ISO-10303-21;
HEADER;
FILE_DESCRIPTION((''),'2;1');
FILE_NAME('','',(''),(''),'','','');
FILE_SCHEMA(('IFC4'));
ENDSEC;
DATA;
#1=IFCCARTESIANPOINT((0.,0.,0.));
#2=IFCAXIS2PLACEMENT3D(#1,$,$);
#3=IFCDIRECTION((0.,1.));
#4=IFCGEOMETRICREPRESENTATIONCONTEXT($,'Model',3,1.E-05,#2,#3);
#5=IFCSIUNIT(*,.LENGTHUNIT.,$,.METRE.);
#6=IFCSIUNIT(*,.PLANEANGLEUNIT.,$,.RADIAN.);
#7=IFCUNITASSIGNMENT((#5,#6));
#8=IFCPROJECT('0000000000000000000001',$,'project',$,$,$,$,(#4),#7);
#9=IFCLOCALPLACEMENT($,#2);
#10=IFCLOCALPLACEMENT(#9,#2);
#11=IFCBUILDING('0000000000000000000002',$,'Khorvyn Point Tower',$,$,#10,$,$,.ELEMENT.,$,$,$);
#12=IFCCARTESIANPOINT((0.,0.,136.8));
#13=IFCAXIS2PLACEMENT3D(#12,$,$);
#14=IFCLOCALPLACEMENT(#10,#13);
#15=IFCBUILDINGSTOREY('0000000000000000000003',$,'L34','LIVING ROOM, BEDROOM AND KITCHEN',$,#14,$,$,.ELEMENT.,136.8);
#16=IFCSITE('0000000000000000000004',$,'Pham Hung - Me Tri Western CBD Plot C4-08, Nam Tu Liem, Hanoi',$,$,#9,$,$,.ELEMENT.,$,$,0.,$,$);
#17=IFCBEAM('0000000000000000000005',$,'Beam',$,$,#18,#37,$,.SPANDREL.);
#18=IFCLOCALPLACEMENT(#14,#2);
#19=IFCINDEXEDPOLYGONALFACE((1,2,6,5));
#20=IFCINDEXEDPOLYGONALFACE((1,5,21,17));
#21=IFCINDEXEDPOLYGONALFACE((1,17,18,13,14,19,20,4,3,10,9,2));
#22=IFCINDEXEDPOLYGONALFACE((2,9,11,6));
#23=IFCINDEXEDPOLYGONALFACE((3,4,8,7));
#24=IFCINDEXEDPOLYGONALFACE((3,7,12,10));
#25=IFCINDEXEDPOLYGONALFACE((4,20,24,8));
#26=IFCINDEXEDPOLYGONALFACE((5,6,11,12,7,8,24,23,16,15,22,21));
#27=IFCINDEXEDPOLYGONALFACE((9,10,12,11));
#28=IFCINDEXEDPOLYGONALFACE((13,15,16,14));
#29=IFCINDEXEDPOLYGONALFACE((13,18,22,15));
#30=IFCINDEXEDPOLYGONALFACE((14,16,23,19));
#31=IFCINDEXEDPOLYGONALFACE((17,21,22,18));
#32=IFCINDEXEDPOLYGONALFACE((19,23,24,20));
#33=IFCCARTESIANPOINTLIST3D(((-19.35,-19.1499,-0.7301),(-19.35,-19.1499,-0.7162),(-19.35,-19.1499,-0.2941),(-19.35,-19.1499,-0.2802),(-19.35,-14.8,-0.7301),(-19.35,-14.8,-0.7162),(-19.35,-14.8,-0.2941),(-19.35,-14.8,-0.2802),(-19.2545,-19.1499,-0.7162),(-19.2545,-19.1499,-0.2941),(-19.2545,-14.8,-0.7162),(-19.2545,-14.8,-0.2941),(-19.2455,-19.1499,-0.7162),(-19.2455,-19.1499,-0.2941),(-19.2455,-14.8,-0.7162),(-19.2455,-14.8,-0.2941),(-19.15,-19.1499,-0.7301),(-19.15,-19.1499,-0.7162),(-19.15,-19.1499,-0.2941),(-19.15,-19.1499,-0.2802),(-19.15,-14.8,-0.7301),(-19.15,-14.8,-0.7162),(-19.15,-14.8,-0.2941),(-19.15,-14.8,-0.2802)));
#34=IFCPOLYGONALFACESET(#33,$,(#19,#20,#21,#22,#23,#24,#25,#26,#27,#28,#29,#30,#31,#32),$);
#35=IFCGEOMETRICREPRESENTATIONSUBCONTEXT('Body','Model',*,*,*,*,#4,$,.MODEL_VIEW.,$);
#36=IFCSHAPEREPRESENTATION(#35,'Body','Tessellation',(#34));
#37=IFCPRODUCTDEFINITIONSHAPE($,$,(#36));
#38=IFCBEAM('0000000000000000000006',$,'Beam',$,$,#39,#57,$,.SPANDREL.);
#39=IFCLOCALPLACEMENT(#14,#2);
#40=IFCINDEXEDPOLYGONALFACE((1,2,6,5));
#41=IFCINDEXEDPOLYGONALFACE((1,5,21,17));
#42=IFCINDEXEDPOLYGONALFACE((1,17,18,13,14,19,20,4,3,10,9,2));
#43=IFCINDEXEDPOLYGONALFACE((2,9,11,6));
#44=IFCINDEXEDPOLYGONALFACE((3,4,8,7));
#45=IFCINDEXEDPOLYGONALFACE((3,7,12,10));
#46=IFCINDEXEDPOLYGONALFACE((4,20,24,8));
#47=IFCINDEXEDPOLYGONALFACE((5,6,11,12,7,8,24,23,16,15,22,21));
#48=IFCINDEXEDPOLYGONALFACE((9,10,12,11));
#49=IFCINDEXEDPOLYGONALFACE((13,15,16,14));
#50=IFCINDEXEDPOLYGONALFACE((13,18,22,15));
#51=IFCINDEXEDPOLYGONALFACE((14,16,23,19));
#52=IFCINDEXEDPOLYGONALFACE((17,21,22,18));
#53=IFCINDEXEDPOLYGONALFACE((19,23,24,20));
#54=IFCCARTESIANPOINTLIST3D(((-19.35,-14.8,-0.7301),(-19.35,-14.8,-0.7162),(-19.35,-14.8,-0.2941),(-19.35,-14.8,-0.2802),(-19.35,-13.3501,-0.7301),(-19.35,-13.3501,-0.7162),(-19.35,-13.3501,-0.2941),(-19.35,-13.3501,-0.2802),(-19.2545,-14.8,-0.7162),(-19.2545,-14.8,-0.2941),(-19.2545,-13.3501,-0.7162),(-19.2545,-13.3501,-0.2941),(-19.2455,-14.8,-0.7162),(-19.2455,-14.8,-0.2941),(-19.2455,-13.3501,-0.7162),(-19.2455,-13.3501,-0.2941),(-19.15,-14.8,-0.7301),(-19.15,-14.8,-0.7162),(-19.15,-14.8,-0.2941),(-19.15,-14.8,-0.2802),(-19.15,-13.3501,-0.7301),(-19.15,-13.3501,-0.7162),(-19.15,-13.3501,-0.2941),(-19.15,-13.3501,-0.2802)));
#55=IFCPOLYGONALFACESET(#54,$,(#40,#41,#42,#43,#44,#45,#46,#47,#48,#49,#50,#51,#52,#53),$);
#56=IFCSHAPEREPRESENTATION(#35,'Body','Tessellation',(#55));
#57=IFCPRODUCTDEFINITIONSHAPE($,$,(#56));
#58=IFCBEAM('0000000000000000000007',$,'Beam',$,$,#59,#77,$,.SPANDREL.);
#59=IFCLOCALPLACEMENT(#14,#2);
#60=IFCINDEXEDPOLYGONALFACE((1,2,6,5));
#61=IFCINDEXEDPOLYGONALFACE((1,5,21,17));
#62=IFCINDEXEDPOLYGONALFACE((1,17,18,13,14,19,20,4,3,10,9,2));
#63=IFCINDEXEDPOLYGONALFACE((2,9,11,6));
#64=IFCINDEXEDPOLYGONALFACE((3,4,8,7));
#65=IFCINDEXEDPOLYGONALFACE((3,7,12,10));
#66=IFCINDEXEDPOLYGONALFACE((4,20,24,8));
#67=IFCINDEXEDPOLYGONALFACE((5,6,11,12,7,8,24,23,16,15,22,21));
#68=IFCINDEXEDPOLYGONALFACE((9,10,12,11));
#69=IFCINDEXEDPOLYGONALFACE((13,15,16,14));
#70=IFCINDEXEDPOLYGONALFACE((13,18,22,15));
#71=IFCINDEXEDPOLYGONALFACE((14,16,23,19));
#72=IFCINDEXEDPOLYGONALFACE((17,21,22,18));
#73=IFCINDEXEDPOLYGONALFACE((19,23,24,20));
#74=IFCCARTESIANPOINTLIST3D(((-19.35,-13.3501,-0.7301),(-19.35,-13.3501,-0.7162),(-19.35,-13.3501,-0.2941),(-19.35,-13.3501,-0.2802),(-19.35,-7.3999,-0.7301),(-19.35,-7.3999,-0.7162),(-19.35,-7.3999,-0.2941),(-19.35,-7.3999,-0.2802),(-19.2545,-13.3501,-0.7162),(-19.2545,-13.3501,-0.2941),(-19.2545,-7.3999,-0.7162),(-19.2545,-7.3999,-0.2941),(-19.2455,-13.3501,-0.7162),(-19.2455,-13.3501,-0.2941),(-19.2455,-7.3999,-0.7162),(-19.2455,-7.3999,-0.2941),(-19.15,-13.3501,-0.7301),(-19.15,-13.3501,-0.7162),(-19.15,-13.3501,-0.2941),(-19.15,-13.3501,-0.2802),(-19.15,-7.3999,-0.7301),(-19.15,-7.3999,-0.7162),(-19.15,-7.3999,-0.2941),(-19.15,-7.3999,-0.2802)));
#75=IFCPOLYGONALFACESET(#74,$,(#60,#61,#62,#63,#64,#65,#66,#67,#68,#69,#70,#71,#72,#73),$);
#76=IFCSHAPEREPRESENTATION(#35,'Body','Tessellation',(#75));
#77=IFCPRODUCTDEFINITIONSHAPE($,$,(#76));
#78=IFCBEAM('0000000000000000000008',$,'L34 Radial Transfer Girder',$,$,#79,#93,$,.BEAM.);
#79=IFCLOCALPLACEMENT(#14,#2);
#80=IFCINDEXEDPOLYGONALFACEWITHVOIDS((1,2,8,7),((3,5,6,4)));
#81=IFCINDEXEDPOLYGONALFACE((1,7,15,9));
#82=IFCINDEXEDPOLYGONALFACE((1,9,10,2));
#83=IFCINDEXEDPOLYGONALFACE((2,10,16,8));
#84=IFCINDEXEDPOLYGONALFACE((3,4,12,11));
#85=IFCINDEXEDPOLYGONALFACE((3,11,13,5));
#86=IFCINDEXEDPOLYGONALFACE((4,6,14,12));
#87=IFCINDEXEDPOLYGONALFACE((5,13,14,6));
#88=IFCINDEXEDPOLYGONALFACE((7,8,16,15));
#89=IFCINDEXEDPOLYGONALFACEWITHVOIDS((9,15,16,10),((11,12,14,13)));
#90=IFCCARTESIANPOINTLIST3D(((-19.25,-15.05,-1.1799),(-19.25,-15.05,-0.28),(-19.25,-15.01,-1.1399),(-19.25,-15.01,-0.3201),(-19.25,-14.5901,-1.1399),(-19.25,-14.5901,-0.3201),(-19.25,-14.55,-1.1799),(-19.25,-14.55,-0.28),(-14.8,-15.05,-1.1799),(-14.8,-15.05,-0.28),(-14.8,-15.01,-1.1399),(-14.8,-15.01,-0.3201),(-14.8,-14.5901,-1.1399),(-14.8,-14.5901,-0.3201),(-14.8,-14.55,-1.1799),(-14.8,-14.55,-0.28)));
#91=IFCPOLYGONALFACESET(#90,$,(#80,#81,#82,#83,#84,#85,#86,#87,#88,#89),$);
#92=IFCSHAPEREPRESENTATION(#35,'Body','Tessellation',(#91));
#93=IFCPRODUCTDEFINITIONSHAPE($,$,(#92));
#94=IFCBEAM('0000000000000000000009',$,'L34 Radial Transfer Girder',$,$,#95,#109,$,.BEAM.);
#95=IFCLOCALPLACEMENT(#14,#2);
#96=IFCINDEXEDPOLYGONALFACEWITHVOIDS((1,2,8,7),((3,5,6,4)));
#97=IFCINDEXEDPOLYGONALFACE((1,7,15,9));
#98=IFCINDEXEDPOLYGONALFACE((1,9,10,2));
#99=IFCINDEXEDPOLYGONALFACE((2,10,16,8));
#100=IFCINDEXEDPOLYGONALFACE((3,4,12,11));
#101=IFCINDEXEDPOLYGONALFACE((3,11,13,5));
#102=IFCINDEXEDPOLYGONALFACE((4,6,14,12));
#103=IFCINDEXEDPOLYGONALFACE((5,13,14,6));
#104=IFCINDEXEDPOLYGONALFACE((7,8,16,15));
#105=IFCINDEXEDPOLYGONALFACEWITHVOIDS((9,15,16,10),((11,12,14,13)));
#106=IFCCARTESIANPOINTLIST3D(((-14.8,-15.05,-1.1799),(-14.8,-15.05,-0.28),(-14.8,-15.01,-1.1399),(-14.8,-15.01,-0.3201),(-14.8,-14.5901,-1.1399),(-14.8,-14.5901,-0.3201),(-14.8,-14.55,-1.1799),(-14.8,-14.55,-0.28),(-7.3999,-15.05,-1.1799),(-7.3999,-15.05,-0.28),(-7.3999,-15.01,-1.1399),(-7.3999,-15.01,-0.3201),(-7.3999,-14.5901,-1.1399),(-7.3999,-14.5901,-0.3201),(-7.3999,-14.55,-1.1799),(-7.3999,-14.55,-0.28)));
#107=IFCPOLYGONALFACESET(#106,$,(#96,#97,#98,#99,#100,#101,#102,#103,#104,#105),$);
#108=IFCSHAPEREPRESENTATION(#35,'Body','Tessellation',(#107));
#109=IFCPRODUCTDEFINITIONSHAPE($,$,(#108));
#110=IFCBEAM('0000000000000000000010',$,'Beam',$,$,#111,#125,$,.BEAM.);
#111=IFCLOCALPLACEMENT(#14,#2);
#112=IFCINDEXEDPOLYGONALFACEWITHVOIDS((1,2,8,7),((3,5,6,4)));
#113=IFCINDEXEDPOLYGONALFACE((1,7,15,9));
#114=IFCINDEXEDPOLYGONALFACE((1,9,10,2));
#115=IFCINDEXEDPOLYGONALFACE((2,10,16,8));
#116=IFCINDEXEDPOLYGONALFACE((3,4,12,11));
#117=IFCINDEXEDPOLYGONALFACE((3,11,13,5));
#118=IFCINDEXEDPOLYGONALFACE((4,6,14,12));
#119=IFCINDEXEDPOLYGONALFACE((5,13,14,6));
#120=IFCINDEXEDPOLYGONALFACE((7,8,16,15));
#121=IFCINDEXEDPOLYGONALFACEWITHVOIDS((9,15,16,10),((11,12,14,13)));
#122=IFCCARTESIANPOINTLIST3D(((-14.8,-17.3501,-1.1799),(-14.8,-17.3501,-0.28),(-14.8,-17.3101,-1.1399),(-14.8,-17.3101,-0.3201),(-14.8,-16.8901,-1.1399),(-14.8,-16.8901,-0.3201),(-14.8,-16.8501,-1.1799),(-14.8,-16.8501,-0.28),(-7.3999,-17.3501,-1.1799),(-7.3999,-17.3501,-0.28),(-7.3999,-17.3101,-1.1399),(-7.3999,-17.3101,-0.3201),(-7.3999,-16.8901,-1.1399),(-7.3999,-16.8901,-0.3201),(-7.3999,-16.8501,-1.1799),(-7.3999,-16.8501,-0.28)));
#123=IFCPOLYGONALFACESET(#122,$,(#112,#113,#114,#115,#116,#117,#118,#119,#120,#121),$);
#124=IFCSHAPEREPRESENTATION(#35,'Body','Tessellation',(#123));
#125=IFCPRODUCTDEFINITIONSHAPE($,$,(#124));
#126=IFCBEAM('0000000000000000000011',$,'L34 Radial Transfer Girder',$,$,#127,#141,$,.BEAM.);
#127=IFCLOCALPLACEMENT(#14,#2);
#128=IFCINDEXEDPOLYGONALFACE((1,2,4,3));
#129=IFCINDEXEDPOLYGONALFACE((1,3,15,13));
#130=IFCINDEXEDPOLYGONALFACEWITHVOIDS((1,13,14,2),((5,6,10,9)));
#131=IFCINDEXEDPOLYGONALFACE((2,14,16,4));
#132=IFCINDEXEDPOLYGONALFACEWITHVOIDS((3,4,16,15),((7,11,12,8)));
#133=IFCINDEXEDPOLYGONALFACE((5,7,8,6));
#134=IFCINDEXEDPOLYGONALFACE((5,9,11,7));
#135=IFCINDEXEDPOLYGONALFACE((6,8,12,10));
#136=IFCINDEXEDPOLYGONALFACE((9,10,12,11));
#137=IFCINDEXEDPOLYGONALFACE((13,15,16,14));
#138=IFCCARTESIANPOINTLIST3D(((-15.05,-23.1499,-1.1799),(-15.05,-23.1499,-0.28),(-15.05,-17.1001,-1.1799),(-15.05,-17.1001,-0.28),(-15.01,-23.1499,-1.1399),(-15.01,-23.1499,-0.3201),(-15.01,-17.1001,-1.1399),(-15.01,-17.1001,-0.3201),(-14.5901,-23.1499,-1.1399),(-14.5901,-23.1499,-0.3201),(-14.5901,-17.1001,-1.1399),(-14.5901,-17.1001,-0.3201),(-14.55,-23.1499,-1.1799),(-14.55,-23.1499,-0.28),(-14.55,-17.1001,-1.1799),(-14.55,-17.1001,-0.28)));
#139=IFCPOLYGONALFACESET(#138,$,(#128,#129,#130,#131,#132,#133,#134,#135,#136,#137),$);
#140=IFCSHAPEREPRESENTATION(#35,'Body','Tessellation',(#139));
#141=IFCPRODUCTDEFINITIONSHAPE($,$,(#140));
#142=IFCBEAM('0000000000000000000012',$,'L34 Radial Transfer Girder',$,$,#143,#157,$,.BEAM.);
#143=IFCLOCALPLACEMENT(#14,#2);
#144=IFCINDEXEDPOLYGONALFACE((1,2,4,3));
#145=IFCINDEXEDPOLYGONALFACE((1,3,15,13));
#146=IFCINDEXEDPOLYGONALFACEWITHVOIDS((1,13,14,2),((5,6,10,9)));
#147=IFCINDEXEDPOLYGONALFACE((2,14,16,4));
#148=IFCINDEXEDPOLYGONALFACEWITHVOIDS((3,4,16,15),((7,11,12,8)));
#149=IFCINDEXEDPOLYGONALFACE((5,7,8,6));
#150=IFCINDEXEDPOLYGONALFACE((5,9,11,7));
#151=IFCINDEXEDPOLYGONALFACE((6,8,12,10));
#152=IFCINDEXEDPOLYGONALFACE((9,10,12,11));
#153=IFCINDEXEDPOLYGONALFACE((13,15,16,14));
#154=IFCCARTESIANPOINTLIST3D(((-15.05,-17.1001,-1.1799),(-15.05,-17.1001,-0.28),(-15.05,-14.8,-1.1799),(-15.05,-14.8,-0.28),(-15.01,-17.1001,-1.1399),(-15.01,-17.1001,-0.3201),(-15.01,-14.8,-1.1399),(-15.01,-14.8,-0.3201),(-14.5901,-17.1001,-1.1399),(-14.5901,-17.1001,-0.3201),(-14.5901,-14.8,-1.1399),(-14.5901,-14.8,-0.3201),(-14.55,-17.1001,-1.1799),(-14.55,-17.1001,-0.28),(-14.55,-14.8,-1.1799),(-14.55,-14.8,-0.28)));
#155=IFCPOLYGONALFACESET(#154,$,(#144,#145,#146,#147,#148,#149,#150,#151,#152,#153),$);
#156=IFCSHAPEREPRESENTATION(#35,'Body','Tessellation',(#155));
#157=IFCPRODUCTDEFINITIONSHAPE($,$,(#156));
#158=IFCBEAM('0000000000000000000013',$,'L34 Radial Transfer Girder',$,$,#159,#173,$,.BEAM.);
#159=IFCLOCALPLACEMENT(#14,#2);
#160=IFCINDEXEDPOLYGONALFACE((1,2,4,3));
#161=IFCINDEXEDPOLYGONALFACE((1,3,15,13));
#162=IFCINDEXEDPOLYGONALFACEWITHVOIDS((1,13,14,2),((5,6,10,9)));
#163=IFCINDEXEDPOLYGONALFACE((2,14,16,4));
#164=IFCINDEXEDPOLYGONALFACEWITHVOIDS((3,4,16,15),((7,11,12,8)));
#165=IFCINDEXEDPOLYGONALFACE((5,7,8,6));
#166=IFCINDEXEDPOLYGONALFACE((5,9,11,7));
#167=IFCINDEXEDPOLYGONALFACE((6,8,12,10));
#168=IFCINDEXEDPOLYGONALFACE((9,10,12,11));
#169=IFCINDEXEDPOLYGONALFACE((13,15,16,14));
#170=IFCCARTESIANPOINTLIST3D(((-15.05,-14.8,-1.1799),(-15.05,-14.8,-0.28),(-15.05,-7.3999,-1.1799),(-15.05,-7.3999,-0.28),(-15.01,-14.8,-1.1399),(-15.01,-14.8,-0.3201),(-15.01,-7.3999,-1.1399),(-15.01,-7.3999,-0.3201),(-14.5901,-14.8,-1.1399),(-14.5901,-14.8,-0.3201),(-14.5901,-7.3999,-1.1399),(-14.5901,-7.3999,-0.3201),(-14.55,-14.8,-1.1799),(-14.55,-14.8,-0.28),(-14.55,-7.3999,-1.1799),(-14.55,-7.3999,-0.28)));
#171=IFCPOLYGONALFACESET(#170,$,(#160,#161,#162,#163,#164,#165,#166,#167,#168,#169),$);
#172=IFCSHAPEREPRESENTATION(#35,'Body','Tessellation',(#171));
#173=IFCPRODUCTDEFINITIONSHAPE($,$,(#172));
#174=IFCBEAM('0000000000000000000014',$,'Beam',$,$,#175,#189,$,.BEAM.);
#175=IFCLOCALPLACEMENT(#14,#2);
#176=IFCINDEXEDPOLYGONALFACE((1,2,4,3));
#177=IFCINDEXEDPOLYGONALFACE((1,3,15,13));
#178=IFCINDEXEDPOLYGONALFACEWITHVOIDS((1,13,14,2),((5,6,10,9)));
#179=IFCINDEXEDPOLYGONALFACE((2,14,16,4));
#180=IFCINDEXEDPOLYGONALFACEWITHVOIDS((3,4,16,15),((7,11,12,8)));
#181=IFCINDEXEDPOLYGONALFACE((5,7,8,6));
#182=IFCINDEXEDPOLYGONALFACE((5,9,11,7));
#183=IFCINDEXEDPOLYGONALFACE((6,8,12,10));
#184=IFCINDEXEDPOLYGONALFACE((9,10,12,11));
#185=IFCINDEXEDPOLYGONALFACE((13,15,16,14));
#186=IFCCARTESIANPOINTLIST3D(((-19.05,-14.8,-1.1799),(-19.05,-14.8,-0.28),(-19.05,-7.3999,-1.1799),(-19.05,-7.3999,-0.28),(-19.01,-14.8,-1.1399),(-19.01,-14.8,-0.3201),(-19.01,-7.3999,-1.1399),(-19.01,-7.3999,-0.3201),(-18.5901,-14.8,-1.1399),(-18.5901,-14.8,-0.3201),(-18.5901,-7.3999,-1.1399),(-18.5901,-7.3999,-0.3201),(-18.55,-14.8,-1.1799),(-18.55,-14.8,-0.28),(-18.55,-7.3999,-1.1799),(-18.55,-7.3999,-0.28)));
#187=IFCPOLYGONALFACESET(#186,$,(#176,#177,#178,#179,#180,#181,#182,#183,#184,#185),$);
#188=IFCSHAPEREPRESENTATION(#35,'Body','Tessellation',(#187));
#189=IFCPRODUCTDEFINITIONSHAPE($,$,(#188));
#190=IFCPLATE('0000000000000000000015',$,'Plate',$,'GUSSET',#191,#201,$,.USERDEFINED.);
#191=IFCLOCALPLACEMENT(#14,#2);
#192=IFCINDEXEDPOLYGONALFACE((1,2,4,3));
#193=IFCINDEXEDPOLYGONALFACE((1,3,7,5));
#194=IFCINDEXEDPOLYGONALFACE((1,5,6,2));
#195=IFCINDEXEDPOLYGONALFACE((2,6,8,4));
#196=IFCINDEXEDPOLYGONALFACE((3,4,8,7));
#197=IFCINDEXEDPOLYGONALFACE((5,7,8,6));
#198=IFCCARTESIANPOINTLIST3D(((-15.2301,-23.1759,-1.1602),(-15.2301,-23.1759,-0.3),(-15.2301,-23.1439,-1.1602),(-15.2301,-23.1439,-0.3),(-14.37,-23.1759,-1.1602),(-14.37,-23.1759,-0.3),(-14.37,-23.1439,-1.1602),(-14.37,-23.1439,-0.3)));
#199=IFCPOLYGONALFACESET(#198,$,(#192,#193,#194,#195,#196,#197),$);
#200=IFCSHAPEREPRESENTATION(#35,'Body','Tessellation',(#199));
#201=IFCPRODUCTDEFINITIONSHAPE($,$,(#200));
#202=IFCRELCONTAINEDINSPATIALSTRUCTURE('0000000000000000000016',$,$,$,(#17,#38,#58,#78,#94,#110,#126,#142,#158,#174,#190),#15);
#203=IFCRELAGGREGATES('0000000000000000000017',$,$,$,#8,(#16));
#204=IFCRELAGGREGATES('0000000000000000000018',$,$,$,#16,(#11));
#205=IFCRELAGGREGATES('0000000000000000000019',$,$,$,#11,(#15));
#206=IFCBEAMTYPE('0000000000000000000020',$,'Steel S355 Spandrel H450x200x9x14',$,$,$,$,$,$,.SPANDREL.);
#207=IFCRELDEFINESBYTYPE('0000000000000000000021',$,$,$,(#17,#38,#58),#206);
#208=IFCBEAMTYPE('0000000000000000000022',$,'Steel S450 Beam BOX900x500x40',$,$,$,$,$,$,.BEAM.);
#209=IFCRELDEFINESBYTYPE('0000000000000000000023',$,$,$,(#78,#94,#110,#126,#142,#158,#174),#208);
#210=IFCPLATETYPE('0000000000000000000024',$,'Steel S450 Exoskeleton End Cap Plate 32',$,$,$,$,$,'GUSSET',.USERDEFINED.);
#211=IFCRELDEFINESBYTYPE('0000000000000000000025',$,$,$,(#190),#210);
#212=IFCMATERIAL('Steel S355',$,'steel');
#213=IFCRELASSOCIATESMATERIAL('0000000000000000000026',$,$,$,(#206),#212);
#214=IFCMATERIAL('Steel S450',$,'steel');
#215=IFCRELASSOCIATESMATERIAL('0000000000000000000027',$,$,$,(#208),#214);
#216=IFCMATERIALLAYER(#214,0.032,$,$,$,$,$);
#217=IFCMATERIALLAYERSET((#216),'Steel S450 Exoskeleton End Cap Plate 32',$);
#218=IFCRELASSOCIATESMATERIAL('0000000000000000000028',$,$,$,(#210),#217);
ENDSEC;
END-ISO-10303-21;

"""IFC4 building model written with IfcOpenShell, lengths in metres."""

from ifc_helpers import new_model, si_unit, direction, frame, origin, origin_2d, place, context, subcontext, project, spatial, rectangle, hollow_rectangle, i_section, extrude, material, layer, layer_set, material_profile, profile_set, type_object, element, save


model = new_model("IFC4")

# Units and contexts
model_context = context("Model", 3, precision=1e-05, world=origin(), true_north=direction((0.0, 1.0)))
body_context = subcontext(model_context, "Body", "Model", "MODEL_VIEW")
ifc_project = project(units=[si_unit("LENGTHUNIT", "METRE"), si_unit("PLANEANGLEUNIT", "RADIAN")], contexts=[model_context])

# Site, building, storey
site_placement = place(None, origin())
site = spatial("IfcSite", under=ifc_project, at=site_placement, Name="Pham Hung - Me Tri Western CBD Plot C4-08, Nam Tu Liem, Hanoi", CompositionType="ELEMENT", RefElevation=0.0)
building_placement = place(site_placement, origin())
building = spatial("IfcBuilding", under=site, at=building_placement, Name="Khorvyn Point Tower", CompositionType="ELEMENT")
storey_placement = place(building_placement, frame((0.0, 0.0, 136.8)))
storey = spatial("IfcBuildingStorey", under=building, at=storey_placement, Name="L34", Description="LIVING ROOM, BEDROOM AND KITCHEN", CompositionType="ELEMENT", Elevation=136.8)

# Shared definitions
ifc_material_1 = material(Name="Steel S450", Category="steel")

# Beams
ifc_material_2 = material(Name="Steel S355", Category="steel")
ifc_material_profile_1 = material_profile(ifc_material_2, i_section(OverallWidth=0.2, OverallDepth=0.45, WebThickness=0.009, FlangeThickness=0.0139, at=origin_2d()))
ifc_profile_set_1 = profile_set([ifc_material_profile_1], Name="Steel S355 H450x200x9x14")
beam_type_1 = type_object("IfcBeamType", Name="Steel S355 Spandrel H450x200x9x14", PredefinedType="SPANDREL", material=ifc_profile_set_1)
beam_1_placement = place(storey_placement, frame((-19.25, -19.1499, -0.5051), z_axis=(0.0, 1.0, 0.0), x_axis=(-1.0, 0.0, 0.0)))
element("IfcBeam", 1, at=beam_1_placement, inside=storey, type_object=beam_type_1, Name="Beam", PredefinedType="SPANDREL", context=body_context, shape_type="SweptSolid", body=[
    extrude(i_section(OverallWidth=0.2, OverallDepth=0.45, WebThickness=0.009, FlangeThickness=0.0139, at=origin_2d()), origin(), (0.0, 0.0, 1.0), 4.3499),
])
beam_2_placement = place(storey_placement, frame((-19.25, -14.8, -0.5051), z_axis=(0.0, 1.0, 0.0), x_axis=(-1.0, 0.0, 0.0)))
element("IfcBeam", 2, at=beam_2_placement, inside=storey, type_object=beam_type_1, Name="Beam", PredefinedType="SPANDREL", context=body_context, shape_type="SweptSolid", body=[
    extrude(i_section(OverallWidth=0.2, OverallDepth=0.45, WebThickness=0.009, FlangeThickness=0.0139, at=origin_2d()), origin(), (0.0, 0.0, 1.0), 1.45),
])
beam_3_placement = place(storey_placement, frame((-19.25, -13.3501, -0.5051), z_axis=(0.0, 1.0, 0.0), x_axis=(-1.0, 0.0, 0.0)))
element("IfcBeam", 3, at=beam_3_placement, inside=storey, type_object=beam_type_1, Name="Beam", PredefinedType="SPANDREL", context=body_context, shape_type="SweptSolid", body=[
    extrude(i_section(OverallWidth=0.2, OverallDepth=0.45, WebThickness=0.009, FlangeThickness=0.0139, at=origin_2d()), origin(), (0.0, 0.0, 1.0), 5.9502),
])
ifc_material_profile_2 = material_profile(ifc_material_1, hollow_rectangle(XDim=0.5, YDim=0.8999, WallThickness=0.04, at=origin_2d()))
ifc_profile_set_2 = profile_set([ifc_material_profile_2], Name="Steel S450 BOX900x500x40")
beam_type_2 = type_object("IfcBeamType", Name="Steel S450 Beam BOX900x500x40", PredefinedType="BEAM", material=ifc_profile_set_2)
beam_4_placement = place(storey_placement, frame((-19.25, -14.8, -0.73), z_axis=(1.0, 0.0, 0.0), x_axis=(0.0, 1.0, 0.0)))
element("IfcBeam", 4, at=beam_4_placement, inside=storey, type_object=beam_type_2, Name="L34 Radial Transfer Girder", PredefinedType="BEAM", context=body_context, shape_type="SweptSolid", body=[
    extrude(hollow_rectangle(XDim=0.5, YDim=0.8999, WallThickness=0.04, at=origin_2d()), origin(), (0.0, 0.0, 1.0), 4.45),
])
for number, where, z_axis, x_axis, name in (
    (5, (-14.8, -14.8, -0.73), (1.0, 0.0, 0.0), (0.0, 1.0, 0.0), "L34 Radial Transfer Girder"),
    (6, (-14.8, -17.1001, -0.73), (1.0, 0.0, 0.0), (0.0, 1.0, 0.0), "Beam"),
):
    element("IfcBeam", number, at=place(storey_placement, frame(where, z_axis=z_axis, x_axis=x_axis)), inside=storey, type_object=beam_type_2, Name=name, PredefinedType="BEAM", context=body_context, shape_type="SweptSolid", body=[
        extrude(hollow_rectangle(XDim=0.5, YDim=0.8999, WallThickness=0.04, at=origin_2d()), origin(), (0.0, 0.0, 1.0), 7.4001),
    ])
beam_5_placement = place(storey_placement, frame((-14.8, -23.1499, -0.73), z_axis=(0.0, 1.0, 0.0), x_axis=(-1.0, 0.0, 0.0)))
element("IfcBeam", 7, at=beam_5_placement, inside=storey, type_object=beam_type_2, Name="L34 Radial Transfer Girder", PredefinedType="BEAM", context=body_context, shape_type="SweptSolid", body=[
    extrude(hollow_rectangle(XDim=0.5, YDim=0.8999, WallThickness=0.04, at=origin_2d()), origin(), (0.0, 0.0, 1.0), 6.0498),
])
beam_6_placement = place(storey_placement, frame((-14.8, -17.1001, -0.73), z_axis=(0.0, 1.0, 0.0), x_axis=(-1.0, 0.0, 0.0)))
element("IfcBeam", 8, at=beam_6_placement, inside=storey, type_object=beam_type_2, Name="L34 Radial Transfer Girder", PredefinedType="BEAM", context=body_context, shape_type="SweptSolid", body=[
    extrude(hollow_rectangle(XDim=0.5, YDim=0.8999, WallThickness=0.04, at=origin_2d()), origin(), (0.0, 0.0, 1.0), 2.3),
])
for number, where, z_axis, x_axis, name in (
    (9, (-14.8, -14.8, -0.73), (0.0, 1.0, 0.0), (-1.0, 0.0, 0.0), "L34 Radial Transfer Girder"),
    (10, (-18.8, -14.8, -0.73), (0.0, 1.0, 0.0), (-1.0, 0.0, 0.0), "Beam"),
):
    element("IfcBeam", number, at=place(storey_placement, frame(where, z_axis=z_axis, x_axis=x_axis)), inside=storey, type_object=beam_type_2, Name=name, PredefinedType="BEAM", context=body_context, shape_type="SweptSolid", body=[
        extrude(hollow_rectangle(XDim=0.5, YDim=0.8999, WallThickness=0.04, at=origin_2d()), origin(), (0.0, 0.0, 1.0), 7.4001),
    ])

# Plate
ifc_layer_1 = layer(ifc_material_1, 0.032)
ifc_layer_set_1 = layer_set([ifc_layer_1], Name="Steel S450 Exoskeleton End Cap Plate 32")
plate_type_1 = type_object("IfcPlateType", Name="Steel S450 Exoskeleton End Cap Plate 32", ElementType="GUSSET", PredefinedType="USERDEFINED", material=ifc_layer_set_1)
plate_1_placement = place(storey_placement, frame((-14.8, -23.1599, -1.1602), z_axis=(0.0, 0.0, 1.0), x_axis=(1.0, 0.0, 0.0)))
element("IfcPlate", 11, at=plate_1_placement, inside=storey, type_object=plate_type_1, Name="Plate", ObjectType="GUSSET", PredefinedType="USERDEFINED", context=body_context, shape_type="SweptSolid", body=[
    extrude(rectangle(XDim=0.8601, YDim=0.032, at=origin_2d()), origin(), (0.0, 0.0, 1.0), 0.8601),
])

save(model, "model.ifc")
